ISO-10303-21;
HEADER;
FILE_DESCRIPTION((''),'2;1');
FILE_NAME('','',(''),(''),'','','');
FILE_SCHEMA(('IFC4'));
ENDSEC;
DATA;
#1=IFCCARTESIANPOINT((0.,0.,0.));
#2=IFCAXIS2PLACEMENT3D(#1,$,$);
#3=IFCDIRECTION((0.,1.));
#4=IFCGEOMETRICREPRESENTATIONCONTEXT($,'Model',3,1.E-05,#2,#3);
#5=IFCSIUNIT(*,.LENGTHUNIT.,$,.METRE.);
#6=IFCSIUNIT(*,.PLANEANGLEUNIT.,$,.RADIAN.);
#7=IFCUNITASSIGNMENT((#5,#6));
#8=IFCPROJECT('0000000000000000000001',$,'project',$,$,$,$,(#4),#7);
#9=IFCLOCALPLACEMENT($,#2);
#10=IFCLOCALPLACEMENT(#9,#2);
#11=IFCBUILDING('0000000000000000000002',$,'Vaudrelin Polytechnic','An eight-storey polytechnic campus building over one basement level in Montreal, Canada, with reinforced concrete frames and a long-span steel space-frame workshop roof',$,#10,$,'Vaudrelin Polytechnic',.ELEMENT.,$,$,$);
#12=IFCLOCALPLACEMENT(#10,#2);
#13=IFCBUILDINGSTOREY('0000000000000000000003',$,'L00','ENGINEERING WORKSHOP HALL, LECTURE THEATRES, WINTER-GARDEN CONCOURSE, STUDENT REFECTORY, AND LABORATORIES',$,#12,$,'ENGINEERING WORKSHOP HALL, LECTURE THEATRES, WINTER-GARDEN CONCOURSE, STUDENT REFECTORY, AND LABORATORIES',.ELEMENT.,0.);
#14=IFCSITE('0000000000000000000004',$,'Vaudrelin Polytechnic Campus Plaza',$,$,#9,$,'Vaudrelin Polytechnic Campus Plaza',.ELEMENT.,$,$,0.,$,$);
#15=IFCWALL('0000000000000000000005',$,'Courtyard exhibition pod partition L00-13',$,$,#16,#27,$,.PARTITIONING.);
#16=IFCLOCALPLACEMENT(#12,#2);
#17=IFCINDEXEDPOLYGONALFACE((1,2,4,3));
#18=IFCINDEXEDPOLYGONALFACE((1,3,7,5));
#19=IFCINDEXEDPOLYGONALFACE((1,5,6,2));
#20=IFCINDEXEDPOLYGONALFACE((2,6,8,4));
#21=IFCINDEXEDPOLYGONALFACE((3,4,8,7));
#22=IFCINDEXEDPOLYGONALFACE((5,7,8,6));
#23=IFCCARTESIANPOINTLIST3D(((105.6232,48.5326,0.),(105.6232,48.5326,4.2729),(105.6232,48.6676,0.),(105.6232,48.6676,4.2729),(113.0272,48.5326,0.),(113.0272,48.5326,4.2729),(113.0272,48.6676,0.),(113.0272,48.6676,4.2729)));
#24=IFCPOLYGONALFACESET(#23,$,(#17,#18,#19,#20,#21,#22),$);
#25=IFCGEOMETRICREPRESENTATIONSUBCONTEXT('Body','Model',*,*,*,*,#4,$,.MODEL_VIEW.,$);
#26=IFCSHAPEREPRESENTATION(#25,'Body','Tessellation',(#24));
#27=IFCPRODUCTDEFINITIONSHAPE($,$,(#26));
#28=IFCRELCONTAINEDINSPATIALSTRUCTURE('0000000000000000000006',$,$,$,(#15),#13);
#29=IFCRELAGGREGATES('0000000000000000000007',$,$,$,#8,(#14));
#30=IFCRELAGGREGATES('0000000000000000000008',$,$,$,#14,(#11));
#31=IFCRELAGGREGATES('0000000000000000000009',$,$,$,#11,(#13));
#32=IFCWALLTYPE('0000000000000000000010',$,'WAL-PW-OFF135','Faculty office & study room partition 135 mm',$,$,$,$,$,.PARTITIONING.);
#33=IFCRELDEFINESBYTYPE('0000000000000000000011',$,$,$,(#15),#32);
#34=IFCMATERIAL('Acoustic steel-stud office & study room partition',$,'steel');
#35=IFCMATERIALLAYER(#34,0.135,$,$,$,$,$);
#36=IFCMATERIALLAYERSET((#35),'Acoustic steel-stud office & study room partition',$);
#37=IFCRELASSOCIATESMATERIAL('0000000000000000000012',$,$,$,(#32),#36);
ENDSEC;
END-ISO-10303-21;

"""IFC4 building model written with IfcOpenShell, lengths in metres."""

from ifc_helpers import new_model, si_unit, direction, frame, frame_2d, origin, place, context, subcontext, project, spatial, rectangle, extrude, material, layer, layer_set, type_object, element, save


model = new_model("IFC4")

# Units and contexts
model_context = context("Model", 3, precision=1e-05, world=origin(), true_north=direction((0.0, 1.0)))
body_context = subcontext(model_context, "Body", "Model", "MODEL_VIEW")
ifc_project = project(units=[si_unit("LENGTHUNIT", "METRE"), si_unit("PLANEANGLEUNIT", "RADIAN")], contexts=[model_context])

# Site, building, storey
site_placement = place(None, origin())
site = spatial("IfcSite", under=ifc_project, at=site_placement, Name="Vaudrelin Polytechnic Campus Plaza", LongName="Vaudrelin Polytechnic Campus Plaza", CompositionType="ELEMENT", RefElevation=0.0)
building_placement = place(site_placement, origin())
building = spatial("IfcBuilding", under=site, at=building_placement, Name="Vaudrelin Polytechnic", Description="An eight-storey polytechnic campus building over one basement level in Montreal, Canada, with reinforced concrete frames and a long-span steel space-frame workshop roof", LongName="Vaudrelin Polytechnic", CompositionType="ELEMENT")
storey_placement = place(building_placement, origin())
storey = spatial("IfcBuildingStorey", under=building, at=storey_placement, Name="L00", Description="ENGINEERING WORKSHOP HALL, LECTURE THEATRES, WINTER-GARDEN CONCOURSE, STUDENT REFECTORY, AND LABORATORIES", LongName="ENGINEERING WORKSHOP HALL, LECTURE THEATRES, WINTER-GARDEN CONCOURSE, STUDENT REFECTORY, AND LABORATORIES", CompositionType="ELEMENT", Elevation=0.0)

# Wall
ifc_material_1 = material(Name="Acoustic steel-stud office & study room partition", Category="steel")
ifc_layer_1 = layer(ifc_material_1, 0.135)
ifc_layer_set_1 = layer_set([ifc_layer_1], Name="Acoustic steel-stud office & study room partition")
wall_type = type_object("IfcWallType", Name="WAL-PW-OFF135", Description="Faculty office & study room partition 135 mm", PredefinedType="PARTITIONING", material=ifc_layer_set_1)
wall_placement = place(storey_placement, frame((105.623, 48.6001, 0.0), z_axis=(0.0, 0.0, 1.0), x_axis=(1.0, 0.0, 0.0)))
element("IfcWall", 1, at=wall_placement, inside=storey, type_object=wall_type, Name="Courtyard exhibition pod partition L00-13", PredefinedType="PARTITIONING", context=body_context, shape_type="SweptSolid", body=[
    extrude(rectangle(XDim=7.4041, YDim=0.135, at=frame_2d((3.7021, 0.0))), origin(), (0.0, 0.0, 1.0), 4.2729),
])

save(model, "model.ifc")
